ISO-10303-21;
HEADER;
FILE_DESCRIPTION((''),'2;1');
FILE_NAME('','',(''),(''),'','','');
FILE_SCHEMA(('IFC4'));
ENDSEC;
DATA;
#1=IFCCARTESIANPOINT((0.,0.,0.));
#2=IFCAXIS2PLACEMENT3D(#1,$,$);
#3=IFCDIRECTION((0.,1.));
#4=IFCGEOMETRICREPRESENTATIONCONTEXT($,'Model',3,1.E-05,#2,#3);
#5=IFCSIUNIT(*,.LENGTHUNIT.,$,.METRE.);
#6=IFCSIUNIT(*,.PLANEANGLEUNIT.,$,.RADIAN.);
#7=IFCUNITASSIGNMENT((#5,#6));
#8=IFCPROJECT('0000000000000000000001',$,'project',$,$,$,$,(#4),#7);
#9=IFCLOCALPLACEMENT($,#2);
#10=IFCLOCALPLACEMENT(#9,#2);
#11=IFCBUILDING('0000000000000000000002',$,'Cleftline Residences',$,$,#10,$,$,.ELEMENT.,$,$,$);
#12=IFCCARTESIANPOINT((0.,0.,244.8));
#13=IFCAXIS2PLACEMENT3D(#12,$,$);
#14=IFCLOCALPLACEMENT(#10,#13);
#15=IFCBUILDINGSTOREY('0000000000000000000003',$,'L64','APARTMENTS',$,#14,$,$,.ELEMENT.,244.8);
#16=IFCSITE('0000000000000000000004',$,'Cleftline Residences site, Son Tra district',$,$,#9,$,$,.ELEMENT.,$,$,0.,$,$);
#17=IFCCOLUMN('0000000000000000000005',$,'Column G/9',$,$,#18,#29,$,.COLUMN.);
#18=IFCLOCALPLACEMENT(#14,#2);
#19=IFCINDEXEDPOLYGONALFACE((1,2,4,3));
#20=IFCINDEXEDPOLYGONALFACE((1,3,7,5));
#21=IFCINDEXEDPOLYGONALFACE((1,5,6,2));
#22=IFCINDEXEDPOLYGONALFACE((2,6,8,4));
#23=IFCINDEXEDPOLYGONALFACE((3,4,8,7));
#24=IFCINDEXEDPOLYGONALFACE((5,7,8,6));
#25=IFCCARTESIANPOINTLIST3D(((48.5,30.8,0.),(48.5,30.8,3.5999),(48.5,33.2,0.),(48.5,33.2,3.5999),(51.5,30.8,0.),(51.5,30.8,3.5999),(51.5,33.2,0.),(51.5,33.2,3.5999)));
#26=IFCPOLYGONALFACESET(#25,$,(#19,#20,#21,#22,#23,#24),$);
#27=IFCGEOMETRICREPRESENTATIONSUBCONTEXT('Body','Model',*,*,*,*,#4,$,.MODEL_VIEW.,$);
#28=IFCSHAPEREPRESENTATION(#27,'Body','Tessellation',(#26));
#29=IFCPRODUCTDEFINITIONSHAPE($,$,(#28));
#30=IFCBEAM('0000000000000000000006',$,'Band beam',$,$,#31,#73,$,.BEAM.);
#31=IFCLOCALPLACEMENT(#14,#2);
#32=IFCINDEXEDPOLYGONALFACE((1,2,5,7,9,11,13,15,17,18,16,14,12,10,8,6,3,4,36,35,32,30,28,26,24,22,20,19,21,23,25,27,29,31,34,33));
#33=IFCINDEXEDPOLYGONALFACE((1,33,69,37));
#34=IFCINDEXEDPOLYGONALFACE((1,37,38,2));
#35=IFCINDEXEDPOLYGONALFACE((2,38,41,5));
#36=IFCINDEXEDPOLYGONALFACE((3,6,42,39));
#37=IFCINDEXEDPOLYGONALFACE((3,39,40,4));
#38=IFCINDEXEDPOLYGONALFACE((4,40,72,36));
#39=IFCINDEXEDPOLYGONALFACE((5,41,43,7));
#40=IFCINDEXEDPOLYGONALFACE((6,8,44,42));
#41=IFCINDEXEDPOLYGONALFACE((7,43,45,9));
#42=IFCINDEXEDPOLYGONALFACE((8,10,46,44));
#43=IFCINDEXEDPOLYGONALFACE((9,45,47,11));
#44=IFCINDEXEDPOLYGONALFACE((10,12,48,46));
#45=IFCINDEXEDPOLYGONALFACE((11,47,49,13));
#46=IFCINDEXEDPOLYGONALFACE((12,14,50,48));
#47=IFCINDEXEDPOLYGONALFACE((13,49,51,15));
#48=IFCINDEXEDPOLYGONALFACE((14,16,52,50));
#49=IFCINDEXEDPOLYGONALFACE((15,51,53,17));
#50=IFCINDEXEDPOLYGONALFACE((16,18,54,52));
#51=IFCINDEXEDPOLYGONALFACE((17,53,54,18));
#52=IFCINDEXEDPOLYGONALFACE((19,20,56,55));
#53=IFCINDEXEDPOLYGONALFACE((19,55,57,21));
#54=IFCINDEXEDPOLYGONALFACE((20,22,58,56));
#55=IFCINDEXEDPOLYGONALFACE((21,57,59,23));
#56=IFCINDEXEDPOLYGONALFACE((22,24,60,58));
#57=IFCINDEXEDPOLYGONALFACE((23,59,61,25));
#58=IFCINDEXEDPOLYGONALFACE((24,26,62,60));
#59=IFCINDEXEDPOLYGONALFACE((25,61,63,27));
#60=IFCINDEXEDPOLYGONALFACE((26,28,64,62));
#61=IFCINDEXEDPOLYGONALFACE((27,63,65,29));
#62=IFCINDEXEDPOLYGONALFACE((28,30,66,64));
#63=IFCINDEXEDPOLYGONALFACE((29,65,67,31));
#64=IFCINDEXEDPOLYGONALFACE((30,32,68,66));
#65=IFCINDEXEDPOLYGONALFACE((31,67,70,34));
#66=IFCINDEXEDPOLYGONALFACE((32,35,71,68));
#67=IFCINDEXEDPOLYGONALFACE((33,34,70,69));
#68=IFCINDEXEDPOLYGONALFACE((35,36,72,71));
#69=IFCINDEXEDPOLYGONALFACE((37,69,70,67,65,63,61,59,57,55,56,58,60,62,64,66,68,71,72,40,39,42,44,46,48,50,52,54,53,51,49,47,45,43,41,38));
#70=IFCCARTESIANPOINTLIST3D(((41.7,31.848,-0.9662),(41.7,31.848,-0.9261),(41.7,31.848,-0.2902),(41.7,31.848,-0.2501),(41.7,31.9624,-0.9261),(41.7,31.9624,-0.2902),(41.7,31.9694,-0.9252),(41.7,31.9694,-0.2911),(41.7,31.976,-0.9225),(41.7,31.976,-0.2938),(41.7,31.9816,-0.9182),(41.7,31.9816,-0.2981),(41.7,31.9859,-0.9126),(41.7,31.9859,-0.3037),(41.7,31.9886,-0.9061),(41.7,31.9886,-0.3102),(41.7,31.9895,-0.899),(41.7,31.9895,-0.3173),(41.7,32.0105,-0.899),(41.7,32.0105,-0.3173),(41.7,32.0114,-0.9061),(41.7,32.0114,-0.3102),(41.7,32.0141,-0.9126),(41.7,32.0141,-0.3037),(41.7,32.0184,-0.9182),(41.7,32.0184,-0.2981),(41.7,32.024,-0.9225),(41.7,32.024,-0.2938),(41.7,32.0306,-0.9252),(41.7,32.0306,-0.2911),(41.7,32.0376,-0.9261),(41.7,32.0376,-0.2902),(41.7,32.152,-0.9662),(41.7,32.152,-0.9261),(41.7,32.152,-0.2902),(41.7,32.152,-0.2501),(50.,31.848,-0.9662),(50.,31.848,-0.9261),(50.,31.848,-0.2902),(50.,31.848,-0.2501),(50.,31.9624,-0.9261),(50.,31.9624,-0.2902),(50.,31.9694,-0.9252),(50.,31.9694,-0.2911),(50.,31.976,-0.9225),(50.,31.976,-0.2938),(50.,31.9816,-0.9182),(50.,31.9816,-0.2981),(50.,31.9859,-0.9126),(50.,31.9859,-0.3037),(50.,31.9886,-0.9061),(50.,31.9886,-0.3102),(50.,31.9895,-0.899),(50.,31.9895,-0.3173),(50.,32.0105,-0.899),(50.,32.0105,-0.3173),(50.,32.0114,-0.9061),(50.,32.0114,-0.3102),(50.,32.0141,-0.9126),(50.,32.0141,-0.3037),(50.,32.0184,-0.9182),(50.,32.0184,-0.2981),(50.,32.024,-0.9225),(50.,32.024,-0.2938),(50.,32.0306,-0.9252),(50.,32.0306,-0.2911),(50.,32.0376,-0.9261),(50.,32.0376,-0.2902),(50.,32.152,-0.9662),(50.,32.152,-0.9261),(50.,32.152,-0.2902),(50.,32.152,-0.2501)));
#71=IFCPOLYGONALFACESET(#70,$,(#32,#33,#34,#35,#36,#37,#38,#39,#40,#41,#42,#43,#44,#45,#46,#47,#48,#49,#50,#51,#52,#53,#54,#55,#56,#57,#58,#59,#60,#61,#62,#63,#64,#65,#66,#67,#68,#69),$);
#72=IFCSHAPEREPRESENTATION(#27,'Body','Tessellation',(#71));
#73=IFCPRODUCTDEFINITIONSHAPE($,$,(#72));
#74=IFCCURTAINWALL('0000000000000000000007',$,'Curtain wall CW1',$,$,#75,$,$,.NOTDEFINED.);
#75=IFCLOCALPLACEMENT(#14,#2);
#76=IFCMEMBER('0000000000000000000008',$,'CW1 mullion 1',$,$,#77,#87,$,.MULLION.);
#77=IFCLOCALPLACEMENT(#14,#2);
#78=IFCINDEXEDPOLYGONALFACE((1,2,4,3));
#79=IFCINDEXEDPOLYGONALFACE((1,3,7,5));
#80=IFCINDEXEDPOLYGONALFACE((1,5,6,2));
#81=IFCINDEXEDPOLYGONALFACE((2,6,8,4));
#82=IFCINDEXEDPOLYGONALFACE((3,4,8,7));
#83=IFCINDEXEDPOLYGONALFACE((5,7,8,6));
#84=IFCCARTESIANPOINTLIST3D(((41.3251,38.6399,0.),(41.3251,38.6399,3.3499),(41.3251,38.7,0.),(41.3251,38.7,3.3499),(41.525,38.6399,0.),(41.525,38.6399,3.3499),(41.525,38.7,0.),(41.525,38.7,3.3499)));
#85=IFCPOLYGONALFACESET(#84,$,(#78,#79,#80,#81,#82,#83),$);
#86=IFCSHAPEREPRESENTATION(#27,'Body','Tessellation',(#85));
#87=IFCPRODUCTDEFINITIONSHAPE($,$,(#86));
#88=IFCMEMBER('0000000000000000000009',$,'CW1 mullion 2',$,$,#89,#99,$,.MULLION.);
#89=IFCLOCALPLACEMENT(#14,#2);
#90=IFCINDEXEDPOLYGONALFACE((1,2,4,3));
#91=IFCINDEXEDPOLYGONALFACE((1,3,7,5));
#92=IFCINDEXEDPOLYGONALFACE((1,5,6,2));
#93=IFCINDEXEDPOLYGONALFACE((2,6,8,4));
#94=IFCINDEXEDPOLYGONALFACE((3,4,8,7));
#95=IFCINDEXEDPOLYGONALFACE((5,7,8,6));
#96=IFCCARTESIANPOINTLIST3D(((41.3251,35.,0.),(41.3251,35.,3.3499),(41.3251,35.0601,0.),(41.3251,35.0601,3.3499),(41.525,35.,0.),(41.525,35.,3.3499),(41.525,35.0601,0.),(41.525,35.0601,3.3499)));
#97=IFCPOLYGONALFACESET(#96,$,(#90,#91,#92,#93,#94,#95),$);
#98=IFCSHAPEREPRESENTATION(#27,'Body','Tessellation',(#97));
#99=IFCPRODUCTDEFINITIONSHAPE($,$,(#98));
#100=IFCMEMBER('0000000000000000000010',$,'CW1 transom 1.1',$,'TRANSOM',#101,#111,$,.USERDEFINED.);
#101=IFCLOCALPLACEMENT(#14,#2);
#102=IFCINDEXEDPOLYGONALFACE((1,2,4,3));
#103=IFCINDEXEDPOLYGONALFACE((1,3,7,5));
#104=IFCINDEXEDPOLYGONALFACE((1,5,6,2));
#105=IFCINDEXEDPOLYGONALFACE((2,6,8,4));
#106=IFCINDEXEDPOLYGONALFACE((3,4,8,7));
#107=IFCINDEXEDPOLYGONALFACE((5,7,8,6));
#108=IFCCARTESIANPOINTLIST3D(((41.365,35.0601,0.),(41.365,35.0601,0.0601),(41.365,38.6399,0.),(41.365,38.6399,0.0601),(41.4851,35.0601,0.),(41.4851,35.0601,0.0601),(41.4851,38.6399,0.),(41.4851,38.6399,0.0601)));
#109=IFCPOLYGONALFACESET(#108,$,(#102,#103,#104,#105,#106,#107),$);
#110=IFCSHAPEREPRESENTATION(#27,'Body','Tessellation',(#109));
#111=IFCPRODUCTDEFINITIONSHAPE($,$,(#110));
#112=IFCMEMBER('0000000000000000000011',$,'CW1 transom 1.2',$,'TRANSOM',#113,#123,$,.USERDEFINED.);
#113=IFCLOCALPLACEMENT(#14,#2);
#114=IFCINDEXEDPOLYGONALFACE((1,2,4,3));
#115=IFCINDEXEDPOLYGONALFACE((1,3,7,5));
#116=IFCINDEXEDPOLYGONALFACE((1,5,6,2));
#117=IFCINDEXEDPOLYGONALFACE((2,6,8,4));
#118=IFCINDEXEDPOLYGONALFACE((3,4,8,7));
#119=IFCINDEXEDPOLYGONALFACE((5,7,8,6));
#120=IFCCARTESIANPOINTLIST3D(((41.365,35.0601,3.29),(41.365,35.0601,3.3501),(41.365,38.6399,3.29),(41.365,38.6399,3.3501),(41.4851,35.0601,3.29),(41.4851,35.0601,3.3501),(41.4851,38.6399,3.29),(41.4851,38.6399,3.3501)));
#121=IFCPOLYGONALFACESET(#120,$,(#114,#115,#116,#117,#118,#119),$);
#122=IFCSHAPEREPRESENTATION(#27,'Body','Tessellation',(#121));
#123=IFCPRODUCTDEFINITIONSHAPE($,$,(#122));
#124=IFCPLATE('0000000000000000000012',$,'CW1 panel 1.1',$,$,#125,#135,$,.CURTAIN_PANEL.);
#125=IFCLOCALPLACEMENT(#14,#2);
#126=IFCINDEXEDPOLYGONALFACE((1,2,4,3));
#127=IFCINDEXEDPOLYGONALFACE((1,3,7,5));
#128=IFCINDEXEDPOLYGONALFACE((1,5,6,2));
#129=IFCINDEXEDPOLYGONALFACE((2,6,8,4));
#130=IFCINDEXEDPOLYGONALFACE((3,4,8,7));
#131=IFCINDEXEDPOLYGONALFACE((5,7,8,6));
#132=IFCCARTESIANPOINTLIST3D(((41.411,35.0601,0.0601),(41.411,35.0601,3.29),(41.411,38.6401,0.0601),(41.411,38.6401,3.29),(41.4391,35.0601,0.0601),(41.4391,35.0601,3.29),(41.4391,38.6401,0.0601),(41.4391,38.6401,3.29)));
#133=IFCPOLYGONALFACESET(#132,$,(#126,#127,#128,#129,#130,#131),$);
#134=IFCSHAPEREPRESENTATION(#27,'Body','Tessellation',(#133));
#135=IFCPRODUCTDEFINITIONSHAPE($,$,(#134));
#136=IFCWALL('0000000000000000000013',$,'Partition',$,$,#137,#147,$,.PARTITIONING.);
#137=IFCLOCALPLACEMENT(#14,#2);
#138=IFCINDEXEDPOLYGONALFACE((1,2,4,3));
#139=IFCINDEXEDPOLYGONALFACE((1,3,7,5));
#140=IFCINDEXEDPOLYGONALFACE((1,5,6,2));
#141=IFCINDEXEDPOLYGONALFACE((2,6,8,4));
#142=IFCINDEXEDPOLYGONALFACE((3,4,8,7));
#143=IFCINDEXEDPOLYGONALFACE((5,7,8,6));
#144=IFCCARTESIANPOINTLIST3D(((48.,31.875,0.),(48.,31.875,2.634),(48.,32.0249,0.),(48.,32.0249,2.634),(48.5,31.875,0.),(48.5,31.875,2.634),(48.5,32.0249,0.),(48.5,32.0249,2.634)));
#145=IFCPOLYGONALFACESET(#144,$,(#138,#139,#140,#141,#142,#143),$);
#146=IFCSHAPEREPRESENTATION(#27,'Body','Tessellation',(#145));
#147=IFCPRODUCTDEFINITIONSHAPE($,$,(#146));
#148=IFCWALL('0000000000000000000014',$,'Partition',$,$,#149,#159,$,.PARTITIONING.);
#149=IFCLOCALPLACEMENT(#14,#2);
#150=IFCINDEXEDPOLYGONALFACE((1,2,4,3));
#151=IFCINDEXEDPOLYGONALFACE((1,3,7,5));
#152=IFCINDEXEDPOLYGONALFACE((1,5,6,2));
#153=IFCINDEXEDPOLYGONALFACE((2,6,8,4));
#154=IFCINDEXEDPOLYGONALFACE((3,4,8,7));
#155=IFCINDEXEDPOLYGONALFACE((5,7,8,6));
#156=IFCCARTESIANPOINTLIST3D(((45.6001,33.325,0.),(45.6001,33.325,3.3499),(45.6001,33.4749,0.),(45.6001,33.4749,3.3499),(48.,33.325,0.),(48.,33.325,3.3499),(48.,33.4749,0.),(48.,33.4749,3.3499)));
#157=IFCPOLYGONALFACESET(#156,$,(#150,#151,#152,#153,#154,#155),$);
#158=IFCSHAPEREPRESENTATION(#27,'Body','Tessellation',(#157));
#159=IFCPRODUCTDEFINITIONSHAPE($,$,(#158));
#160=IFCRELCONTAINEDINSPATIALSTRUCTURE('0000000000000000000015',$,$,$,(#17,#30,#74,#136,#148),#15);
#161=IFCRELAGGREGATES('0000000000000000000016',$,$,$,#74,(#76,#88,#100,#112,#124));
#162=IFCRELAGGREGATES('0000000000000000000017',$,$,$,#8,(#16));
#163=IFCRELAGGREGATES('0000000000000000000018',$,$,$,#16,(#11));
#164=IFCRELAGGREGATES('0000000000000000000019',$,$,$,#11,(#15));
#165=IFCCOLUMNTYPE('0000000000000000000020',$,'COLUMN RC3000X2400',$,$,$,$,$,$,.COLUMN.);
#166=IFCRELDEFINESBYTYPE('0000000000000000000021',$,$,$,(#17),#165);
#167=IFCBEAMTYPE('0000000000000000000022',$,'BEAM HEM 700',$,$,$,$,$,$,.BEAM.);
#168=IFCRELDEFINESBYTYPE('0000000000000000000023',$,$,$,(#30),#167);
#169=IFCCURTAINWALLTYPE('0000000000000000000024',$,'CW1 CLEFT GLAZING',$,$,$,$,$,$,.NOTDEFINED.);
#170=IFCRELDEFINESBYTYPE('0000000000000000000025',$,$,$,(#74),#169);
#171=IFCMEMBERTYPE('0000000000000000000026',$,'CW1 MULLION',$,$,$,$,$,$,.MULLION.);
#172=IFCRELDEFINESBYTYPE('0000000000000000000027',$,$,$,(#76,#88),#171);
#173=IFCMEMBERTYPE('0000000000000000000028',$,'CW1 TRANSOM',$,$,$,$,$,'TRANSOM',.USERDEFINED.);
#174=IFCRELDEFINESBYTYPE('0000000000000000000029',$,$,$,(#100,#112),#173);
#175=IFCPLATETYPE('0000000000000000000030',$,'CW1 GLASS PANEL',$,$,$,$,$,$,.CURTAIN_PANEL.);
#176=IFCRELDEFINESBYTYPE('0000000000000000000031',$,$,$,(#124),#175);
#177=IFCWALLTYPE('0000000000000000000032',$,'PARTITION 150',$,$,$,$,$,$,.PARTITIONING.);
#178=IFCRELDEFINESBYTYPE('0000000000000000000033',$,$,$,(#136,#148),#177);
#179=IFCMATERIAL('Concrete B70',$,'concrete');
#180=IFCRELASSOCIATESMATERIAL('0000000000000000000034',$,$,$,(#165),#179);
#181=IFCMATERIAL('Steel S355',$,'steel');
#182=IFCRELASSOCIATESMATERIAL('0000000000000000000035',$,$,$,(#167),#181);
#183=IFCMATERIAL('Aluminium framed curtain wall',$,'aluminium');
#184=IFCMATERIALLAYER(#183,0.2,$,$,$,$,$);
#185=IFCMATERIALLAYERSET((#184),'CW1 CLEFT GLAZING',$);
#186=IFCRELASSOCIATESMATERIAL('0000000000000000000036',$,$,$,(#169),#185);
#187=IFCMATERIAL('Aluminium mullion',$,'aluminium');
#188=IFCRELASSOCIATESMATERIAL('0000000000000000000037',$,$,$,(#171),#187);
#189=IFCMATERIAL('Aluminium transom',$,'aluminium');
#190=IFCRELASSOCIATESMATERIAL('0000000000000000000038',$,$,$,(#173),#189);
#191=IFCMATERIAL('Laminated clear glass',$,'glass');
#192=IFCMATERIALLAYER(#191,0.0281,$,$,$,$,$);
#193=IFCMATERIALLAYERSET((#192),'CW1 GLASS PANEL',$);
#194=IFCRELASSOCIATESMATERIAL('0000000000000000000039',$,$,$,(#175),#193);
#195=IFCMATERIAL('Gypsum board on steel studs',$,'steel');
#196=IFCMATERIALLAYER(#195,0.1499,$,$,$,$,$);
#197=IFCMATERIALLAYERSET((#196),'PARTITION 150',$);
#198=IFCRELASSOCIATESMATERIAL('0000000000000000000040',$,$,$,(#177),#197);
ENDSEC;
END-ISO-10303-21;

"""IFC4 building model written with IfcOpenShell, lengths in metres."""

from ifc_helpers import new_model, si_unit, direction, frame, frame_2d, origin, origin_2d, place, context, subcontext, project, spatial, rectangle, i_section, extrude, material, layer, layer_set, material_profile, profile_set, type_object, element, aggregate, save


model = new_model("IFC4")

# Units and contexts
model_context = context("Model", 3, precision=1e-05, world=origin(), true_north=direction((0.0, 1.0)))
body_context = subcontext(model_context, "Body", "Model", "MODEL_VIEW")
ifc_project = project(units=[si_unit("LENGTHUNIT", "METRE"), si_unit("PLANEANGLEUNIT", "RADIAN")], contexts=[model_context])

# Site, building, storey
site_placement = place(None, origin())
site = spatial("IfcSite", under=ifc_project, at=site_placement, Name="Cleftline Residences site, Son Tra district", CompositionType="ELEMENT", RefElevation=0.0)
building_placement = place(site_placement, origin())
building = spatial("IfcBuilding", under=site, at=building_placement, Name="Cleftline Residences", CompositionType="ELEMENT")
storey_placement = place(building_placement, frame((0.0, 0.0, 244.8)))
storey = spatial("IfcBuildingStorey", under=building, at=storey_placement, Name="L64", Description="APARTMENTS", CompositionType="ELEMENT", Elevation=244.8)

# Column
ifc_material_1 = material(Name="Concrete B70", Category="concrete")
ifc_material_profile_1 = material_profile(ifc_material_1, rectangle(XDim=3.0, YDim=2.3999, at=origin_2d()))
ifc_profile_set_1 = profile_set([ifc_material_profile_1], Name="Concrete B70")
column_type = type_object("IfcColumnType", Name="COLUMN RC3000X2400", PredefinedType="COLUMN", material=ifc_profile_set_1)
column_placement = place(storey_placement, frame((50.0, 32.0, 0.0), z_axis=(0.0, 0.0, 1.0), x_axis=(1.0, 0.0, 0.0)))
element("IfcColumn", 1, at=column_placement, inside=storey, type_object=column_type, Name="Column G/9", PredefinedType="COLUMN", context=body_context, shape_type="SweptSolid", body=[
    extrude(rectangle(XDim=3.0, YDim=2.3999, at=origin_2d()), origin(), (0.0, 0.0, 1.0), 3.5999),
])

# Beam
ifc_material_2 = material(Name="Steel S355", Category="steel")
ifc_material_profile_2 = material_profile(ifc_material_2, i_section(OverallWidth=0.304, OverallDepth=0.7161, WebThickness=0.021, FlangeThickness=0.04, FilletRadius=0.0271, at=origin_2d()))
ifc_profile_set_2 = profile_set([ifc_material_profile_2], Name="Steel S355")
beam_type = type_object("IfcBeamType", Name="BEAM HEM 700", PredefinedType="BEAM", material=ifc_profile_set_2)
beam_placement = place(storey_placement, frame((50.0, 32.0, -0.6082), z_axis=(-1.0, 0.0, 0.0), x_axis=(0.0, -1.0, 0.0)))
element("IfcBeam", 2, at=beam_placement, inside=storey, type_object=beam_type, Name="Band beam", PredefinedType="BEAM", context=body_context, shape_type="SweptSolid", body=[
    extrude(i_section(OverallWidth=0.304, OverallDepth=0.7161, WebThickness=0.021, FlangeThickness=0.04, FilletRadius=0.0271, at=origin_2d()), origin(), (0.0, 0.0, 1.0), 8.3),
])

# Curtain wall, members, plate
ifc_material_3 = material(Name="Aluminium framed curtain wall", Category="aluminium")
ifc_layer_1 = layer(ifc_material_3, 0.2)
ifc_layer_set_1 = layer_set([ifc_layer_1], Name="CW1 CLEFT GLAZING")
curtain_wall_type = type_object("IfcCurtainWallType", Name="CW1 CLEFT GLAZING", PredefinedType="NOTDEFINED", material=ifc_layer_set_1)
curtain_wall_placement = place(storey_placement, origin())
curtain_wall = element("IfcCurtainWall", 3, at=curtain_wall_placement, inside=storey, type_object=curtain_wall_type, Name="Curtain wall CW1", PredefinedType="NOTDEFINED")
ifc_material_4 = material(Name="Aluminium mullion", Category="aluminium")
ifc_material_profile_3 = material_profile(ifc_material_4, rectangle(XDim=0.2, YDim=0.0601, at=origin_2d()))
ifc_profile_set_3 = profile_set([ifc_material_profile_3], Name="Aluminium mullion")
member_type_1 = type_object("IfcMemberType", Name="CW1 MULLION", PredefinedType="MULLION", material=ifc_profile_set_3)
member_1_placement = place(storey_placement, frame((41.425, 38.6699, 0.0), z_axis=(0.0, 0.0, 1.0), x_axis=(1.0, 0.0, 0.0)))
member_1 = element("IfcMember", 4, at=member_1_placement, type_object=member_type_1, Name="CW1 mullion 1", PredefinedType="MULLION", context=body_context, shape_type="SweptSolid", body=[
    extrude(rectangle(XDim=0.2, YDim=0.0601, at=origin_2d()), origin(), (0.0, 0.0, 1.0), 3.3499),
])
member_2_placement = place(storey_placement, frame((41.425, 35.03, 0.0), z_axis=(0.0, 0.0, 1.0), x_axis=(1.0, 0.0, 0.0)))
member_2 = element("IfcMember", 5, at=member_2_placement, type_object=member_type_1, Name="CW1 mullion 2", PredefinedType="MULLION", context=body_context, shape_type="SweptSolid", body=[
    extrude(rectangle(XDim=0.2, YDim=0.0601, at=origin_2d()), origin(), (0.0, 0.0, 1.0), 3.3499),
])
ifc_material_5 = material(Name="Aluminium transom", Category="aluminium")
ifc_material_profile_4 = material_profile(ifc_material_5, rectangle(XDim=0.1201, YDim=0.0601, at=origin_2d()))
ifc_profile_set_4 = profile_set([ifc_material_profile_4], Name="Aluminium transom")
member_type_2 = type_object("IfcMemberType", Name="CW1 TRANSOM", ElementType="TRANSOM", PredefinedType="USERDEFINED", material=ifc_profile_set_4)
member_3_placement = place(storey_placement, frame((41.425, 38.6399, 0.03), z_axis=(0.0, -1.0, 0.0), x_axis=(1.0, 0.0, 0.0)))
member_3 = element("IfcMember", 6, at=member_3_placement, type_object=member_type_2, Name="CW1 transom 1.1", ObjectType="TRANSOM", PredefinedType="USERDEFINED", context=body_context, shape_type="SweptSolid", body=[
    extrude(rectangle(XDim=0.1201, YDim=0.0601, at=origin_2d()), origin(), (0.0, 0.0, 1.0), 3.5798),
])
member_4_placement = place(storey_placement, frame((41.425, 38.6399, 3.3201), z_axis=(0.0, -1.0, 0.0), x_axis=(1.0, 0.0, 0.0)))
member_4 = element("IfcMember", 7, at=member_4_placement, type_object=member_type_2, Name="CW1 transom 1.2", ObjectType="TRANSOM", PredefinedType="USERDEFINED", context=body_context, shape_type="SweptSolid", body=[
    extrude(rectangle(XDim=0.1201, YDim=0.0601, at=origin_2d()), origin(), (0.0, 0.0, 1.0), 3.5798),
])
ifc_material_6 = material(Name="Laminated clear glass", Category="glass")
ifc_layer_2 = layer(ifc_material_6, 0.0281)
ifc_layer_set_2 = layer_set([ifc_layer_2], Name="CW1 GLASS PANEL")
plate_type = type_object("IfcPlateType", Name="CW1 GLASS PANEL", PredefinedType="CURTAIN_PANEL", material=ifc_layer_set_2)
plate_placement = place(storey_placement, frame((41.425, 36.8501, 0.0601), z_axis=(0.0, 0.0, 1.0), x_axis=(0.0, -1.0, 0.0)))
plate = element("IfcPlate", 8, at=plate_placement, type_object=plate_type, Name="CW1 panel 1.1", PredefinedType="CURTAIN_PANEL", context=body_context, shape_type="SweptSolid", body=[
    extrude(rectangle(XDim=3.5801, YDim=0.0281, at=origin_2d()), origin(), (0.0, 0.0, 1.0), 3.23),
])
aggregate(curtain_wall, [member_1, member_2, member_3, member_4, plate])

# Walls
ifc_material_7 = material(Name="Gypsum board on steel studs", Category="steel")
ifc_layer_3 = layer(ifc_material_7, 0.1499)
ifc_layer_set_3 = layer_set([ifc_layer_3], Name="PARTITION 150")
wall_type = type_object("IfcWallType", Name="PARTITION 150", PredefinedType="PARTITIONING", material=ifc_layer_set_3)
wall_1_placement = place(storey_placement, frame((48.0, 31.95, 0.0), z_axis=(0.0, 0.0, 1.0), x_axis=(1.0, 0.0, 0.0)))
element("IfcWall", 9, at=wall_1_placement, inside=storey, type_object=wall_type, Name="Partition", PredefinedType="PARTITIONING", context=body_context, shape_type="SweptSolid", body=[
    extrude(rectangle(XDim=0.5, YDim=0.1499, at=frame_2d((0.25, 0.0))), origin(), (0.0, 0.0, 1.0), 2.634),
])
wall_2_placement = place(storey_placement, frame((45.6001, 33.3999, 0.0), z_axis=(0.0, 0.0, 1.0), x_axis=(1.0, 0.0, 0.0)))
element("IfcWall", 10, at=wall_2_placement, inside=storey, type_object=wall_type, Name="Partition", PredefinedType="PARTITIONING", context=body_context, shape_type="SweptSolid", body=[
    extrude(rectangle(XDim=2.3999, YDim=0.1499, at=frame_2d((1.2, 0.0))), origin(), (0.0, 0.0, 1.0), 3.3499),
])

save(model, "model.ifc")
